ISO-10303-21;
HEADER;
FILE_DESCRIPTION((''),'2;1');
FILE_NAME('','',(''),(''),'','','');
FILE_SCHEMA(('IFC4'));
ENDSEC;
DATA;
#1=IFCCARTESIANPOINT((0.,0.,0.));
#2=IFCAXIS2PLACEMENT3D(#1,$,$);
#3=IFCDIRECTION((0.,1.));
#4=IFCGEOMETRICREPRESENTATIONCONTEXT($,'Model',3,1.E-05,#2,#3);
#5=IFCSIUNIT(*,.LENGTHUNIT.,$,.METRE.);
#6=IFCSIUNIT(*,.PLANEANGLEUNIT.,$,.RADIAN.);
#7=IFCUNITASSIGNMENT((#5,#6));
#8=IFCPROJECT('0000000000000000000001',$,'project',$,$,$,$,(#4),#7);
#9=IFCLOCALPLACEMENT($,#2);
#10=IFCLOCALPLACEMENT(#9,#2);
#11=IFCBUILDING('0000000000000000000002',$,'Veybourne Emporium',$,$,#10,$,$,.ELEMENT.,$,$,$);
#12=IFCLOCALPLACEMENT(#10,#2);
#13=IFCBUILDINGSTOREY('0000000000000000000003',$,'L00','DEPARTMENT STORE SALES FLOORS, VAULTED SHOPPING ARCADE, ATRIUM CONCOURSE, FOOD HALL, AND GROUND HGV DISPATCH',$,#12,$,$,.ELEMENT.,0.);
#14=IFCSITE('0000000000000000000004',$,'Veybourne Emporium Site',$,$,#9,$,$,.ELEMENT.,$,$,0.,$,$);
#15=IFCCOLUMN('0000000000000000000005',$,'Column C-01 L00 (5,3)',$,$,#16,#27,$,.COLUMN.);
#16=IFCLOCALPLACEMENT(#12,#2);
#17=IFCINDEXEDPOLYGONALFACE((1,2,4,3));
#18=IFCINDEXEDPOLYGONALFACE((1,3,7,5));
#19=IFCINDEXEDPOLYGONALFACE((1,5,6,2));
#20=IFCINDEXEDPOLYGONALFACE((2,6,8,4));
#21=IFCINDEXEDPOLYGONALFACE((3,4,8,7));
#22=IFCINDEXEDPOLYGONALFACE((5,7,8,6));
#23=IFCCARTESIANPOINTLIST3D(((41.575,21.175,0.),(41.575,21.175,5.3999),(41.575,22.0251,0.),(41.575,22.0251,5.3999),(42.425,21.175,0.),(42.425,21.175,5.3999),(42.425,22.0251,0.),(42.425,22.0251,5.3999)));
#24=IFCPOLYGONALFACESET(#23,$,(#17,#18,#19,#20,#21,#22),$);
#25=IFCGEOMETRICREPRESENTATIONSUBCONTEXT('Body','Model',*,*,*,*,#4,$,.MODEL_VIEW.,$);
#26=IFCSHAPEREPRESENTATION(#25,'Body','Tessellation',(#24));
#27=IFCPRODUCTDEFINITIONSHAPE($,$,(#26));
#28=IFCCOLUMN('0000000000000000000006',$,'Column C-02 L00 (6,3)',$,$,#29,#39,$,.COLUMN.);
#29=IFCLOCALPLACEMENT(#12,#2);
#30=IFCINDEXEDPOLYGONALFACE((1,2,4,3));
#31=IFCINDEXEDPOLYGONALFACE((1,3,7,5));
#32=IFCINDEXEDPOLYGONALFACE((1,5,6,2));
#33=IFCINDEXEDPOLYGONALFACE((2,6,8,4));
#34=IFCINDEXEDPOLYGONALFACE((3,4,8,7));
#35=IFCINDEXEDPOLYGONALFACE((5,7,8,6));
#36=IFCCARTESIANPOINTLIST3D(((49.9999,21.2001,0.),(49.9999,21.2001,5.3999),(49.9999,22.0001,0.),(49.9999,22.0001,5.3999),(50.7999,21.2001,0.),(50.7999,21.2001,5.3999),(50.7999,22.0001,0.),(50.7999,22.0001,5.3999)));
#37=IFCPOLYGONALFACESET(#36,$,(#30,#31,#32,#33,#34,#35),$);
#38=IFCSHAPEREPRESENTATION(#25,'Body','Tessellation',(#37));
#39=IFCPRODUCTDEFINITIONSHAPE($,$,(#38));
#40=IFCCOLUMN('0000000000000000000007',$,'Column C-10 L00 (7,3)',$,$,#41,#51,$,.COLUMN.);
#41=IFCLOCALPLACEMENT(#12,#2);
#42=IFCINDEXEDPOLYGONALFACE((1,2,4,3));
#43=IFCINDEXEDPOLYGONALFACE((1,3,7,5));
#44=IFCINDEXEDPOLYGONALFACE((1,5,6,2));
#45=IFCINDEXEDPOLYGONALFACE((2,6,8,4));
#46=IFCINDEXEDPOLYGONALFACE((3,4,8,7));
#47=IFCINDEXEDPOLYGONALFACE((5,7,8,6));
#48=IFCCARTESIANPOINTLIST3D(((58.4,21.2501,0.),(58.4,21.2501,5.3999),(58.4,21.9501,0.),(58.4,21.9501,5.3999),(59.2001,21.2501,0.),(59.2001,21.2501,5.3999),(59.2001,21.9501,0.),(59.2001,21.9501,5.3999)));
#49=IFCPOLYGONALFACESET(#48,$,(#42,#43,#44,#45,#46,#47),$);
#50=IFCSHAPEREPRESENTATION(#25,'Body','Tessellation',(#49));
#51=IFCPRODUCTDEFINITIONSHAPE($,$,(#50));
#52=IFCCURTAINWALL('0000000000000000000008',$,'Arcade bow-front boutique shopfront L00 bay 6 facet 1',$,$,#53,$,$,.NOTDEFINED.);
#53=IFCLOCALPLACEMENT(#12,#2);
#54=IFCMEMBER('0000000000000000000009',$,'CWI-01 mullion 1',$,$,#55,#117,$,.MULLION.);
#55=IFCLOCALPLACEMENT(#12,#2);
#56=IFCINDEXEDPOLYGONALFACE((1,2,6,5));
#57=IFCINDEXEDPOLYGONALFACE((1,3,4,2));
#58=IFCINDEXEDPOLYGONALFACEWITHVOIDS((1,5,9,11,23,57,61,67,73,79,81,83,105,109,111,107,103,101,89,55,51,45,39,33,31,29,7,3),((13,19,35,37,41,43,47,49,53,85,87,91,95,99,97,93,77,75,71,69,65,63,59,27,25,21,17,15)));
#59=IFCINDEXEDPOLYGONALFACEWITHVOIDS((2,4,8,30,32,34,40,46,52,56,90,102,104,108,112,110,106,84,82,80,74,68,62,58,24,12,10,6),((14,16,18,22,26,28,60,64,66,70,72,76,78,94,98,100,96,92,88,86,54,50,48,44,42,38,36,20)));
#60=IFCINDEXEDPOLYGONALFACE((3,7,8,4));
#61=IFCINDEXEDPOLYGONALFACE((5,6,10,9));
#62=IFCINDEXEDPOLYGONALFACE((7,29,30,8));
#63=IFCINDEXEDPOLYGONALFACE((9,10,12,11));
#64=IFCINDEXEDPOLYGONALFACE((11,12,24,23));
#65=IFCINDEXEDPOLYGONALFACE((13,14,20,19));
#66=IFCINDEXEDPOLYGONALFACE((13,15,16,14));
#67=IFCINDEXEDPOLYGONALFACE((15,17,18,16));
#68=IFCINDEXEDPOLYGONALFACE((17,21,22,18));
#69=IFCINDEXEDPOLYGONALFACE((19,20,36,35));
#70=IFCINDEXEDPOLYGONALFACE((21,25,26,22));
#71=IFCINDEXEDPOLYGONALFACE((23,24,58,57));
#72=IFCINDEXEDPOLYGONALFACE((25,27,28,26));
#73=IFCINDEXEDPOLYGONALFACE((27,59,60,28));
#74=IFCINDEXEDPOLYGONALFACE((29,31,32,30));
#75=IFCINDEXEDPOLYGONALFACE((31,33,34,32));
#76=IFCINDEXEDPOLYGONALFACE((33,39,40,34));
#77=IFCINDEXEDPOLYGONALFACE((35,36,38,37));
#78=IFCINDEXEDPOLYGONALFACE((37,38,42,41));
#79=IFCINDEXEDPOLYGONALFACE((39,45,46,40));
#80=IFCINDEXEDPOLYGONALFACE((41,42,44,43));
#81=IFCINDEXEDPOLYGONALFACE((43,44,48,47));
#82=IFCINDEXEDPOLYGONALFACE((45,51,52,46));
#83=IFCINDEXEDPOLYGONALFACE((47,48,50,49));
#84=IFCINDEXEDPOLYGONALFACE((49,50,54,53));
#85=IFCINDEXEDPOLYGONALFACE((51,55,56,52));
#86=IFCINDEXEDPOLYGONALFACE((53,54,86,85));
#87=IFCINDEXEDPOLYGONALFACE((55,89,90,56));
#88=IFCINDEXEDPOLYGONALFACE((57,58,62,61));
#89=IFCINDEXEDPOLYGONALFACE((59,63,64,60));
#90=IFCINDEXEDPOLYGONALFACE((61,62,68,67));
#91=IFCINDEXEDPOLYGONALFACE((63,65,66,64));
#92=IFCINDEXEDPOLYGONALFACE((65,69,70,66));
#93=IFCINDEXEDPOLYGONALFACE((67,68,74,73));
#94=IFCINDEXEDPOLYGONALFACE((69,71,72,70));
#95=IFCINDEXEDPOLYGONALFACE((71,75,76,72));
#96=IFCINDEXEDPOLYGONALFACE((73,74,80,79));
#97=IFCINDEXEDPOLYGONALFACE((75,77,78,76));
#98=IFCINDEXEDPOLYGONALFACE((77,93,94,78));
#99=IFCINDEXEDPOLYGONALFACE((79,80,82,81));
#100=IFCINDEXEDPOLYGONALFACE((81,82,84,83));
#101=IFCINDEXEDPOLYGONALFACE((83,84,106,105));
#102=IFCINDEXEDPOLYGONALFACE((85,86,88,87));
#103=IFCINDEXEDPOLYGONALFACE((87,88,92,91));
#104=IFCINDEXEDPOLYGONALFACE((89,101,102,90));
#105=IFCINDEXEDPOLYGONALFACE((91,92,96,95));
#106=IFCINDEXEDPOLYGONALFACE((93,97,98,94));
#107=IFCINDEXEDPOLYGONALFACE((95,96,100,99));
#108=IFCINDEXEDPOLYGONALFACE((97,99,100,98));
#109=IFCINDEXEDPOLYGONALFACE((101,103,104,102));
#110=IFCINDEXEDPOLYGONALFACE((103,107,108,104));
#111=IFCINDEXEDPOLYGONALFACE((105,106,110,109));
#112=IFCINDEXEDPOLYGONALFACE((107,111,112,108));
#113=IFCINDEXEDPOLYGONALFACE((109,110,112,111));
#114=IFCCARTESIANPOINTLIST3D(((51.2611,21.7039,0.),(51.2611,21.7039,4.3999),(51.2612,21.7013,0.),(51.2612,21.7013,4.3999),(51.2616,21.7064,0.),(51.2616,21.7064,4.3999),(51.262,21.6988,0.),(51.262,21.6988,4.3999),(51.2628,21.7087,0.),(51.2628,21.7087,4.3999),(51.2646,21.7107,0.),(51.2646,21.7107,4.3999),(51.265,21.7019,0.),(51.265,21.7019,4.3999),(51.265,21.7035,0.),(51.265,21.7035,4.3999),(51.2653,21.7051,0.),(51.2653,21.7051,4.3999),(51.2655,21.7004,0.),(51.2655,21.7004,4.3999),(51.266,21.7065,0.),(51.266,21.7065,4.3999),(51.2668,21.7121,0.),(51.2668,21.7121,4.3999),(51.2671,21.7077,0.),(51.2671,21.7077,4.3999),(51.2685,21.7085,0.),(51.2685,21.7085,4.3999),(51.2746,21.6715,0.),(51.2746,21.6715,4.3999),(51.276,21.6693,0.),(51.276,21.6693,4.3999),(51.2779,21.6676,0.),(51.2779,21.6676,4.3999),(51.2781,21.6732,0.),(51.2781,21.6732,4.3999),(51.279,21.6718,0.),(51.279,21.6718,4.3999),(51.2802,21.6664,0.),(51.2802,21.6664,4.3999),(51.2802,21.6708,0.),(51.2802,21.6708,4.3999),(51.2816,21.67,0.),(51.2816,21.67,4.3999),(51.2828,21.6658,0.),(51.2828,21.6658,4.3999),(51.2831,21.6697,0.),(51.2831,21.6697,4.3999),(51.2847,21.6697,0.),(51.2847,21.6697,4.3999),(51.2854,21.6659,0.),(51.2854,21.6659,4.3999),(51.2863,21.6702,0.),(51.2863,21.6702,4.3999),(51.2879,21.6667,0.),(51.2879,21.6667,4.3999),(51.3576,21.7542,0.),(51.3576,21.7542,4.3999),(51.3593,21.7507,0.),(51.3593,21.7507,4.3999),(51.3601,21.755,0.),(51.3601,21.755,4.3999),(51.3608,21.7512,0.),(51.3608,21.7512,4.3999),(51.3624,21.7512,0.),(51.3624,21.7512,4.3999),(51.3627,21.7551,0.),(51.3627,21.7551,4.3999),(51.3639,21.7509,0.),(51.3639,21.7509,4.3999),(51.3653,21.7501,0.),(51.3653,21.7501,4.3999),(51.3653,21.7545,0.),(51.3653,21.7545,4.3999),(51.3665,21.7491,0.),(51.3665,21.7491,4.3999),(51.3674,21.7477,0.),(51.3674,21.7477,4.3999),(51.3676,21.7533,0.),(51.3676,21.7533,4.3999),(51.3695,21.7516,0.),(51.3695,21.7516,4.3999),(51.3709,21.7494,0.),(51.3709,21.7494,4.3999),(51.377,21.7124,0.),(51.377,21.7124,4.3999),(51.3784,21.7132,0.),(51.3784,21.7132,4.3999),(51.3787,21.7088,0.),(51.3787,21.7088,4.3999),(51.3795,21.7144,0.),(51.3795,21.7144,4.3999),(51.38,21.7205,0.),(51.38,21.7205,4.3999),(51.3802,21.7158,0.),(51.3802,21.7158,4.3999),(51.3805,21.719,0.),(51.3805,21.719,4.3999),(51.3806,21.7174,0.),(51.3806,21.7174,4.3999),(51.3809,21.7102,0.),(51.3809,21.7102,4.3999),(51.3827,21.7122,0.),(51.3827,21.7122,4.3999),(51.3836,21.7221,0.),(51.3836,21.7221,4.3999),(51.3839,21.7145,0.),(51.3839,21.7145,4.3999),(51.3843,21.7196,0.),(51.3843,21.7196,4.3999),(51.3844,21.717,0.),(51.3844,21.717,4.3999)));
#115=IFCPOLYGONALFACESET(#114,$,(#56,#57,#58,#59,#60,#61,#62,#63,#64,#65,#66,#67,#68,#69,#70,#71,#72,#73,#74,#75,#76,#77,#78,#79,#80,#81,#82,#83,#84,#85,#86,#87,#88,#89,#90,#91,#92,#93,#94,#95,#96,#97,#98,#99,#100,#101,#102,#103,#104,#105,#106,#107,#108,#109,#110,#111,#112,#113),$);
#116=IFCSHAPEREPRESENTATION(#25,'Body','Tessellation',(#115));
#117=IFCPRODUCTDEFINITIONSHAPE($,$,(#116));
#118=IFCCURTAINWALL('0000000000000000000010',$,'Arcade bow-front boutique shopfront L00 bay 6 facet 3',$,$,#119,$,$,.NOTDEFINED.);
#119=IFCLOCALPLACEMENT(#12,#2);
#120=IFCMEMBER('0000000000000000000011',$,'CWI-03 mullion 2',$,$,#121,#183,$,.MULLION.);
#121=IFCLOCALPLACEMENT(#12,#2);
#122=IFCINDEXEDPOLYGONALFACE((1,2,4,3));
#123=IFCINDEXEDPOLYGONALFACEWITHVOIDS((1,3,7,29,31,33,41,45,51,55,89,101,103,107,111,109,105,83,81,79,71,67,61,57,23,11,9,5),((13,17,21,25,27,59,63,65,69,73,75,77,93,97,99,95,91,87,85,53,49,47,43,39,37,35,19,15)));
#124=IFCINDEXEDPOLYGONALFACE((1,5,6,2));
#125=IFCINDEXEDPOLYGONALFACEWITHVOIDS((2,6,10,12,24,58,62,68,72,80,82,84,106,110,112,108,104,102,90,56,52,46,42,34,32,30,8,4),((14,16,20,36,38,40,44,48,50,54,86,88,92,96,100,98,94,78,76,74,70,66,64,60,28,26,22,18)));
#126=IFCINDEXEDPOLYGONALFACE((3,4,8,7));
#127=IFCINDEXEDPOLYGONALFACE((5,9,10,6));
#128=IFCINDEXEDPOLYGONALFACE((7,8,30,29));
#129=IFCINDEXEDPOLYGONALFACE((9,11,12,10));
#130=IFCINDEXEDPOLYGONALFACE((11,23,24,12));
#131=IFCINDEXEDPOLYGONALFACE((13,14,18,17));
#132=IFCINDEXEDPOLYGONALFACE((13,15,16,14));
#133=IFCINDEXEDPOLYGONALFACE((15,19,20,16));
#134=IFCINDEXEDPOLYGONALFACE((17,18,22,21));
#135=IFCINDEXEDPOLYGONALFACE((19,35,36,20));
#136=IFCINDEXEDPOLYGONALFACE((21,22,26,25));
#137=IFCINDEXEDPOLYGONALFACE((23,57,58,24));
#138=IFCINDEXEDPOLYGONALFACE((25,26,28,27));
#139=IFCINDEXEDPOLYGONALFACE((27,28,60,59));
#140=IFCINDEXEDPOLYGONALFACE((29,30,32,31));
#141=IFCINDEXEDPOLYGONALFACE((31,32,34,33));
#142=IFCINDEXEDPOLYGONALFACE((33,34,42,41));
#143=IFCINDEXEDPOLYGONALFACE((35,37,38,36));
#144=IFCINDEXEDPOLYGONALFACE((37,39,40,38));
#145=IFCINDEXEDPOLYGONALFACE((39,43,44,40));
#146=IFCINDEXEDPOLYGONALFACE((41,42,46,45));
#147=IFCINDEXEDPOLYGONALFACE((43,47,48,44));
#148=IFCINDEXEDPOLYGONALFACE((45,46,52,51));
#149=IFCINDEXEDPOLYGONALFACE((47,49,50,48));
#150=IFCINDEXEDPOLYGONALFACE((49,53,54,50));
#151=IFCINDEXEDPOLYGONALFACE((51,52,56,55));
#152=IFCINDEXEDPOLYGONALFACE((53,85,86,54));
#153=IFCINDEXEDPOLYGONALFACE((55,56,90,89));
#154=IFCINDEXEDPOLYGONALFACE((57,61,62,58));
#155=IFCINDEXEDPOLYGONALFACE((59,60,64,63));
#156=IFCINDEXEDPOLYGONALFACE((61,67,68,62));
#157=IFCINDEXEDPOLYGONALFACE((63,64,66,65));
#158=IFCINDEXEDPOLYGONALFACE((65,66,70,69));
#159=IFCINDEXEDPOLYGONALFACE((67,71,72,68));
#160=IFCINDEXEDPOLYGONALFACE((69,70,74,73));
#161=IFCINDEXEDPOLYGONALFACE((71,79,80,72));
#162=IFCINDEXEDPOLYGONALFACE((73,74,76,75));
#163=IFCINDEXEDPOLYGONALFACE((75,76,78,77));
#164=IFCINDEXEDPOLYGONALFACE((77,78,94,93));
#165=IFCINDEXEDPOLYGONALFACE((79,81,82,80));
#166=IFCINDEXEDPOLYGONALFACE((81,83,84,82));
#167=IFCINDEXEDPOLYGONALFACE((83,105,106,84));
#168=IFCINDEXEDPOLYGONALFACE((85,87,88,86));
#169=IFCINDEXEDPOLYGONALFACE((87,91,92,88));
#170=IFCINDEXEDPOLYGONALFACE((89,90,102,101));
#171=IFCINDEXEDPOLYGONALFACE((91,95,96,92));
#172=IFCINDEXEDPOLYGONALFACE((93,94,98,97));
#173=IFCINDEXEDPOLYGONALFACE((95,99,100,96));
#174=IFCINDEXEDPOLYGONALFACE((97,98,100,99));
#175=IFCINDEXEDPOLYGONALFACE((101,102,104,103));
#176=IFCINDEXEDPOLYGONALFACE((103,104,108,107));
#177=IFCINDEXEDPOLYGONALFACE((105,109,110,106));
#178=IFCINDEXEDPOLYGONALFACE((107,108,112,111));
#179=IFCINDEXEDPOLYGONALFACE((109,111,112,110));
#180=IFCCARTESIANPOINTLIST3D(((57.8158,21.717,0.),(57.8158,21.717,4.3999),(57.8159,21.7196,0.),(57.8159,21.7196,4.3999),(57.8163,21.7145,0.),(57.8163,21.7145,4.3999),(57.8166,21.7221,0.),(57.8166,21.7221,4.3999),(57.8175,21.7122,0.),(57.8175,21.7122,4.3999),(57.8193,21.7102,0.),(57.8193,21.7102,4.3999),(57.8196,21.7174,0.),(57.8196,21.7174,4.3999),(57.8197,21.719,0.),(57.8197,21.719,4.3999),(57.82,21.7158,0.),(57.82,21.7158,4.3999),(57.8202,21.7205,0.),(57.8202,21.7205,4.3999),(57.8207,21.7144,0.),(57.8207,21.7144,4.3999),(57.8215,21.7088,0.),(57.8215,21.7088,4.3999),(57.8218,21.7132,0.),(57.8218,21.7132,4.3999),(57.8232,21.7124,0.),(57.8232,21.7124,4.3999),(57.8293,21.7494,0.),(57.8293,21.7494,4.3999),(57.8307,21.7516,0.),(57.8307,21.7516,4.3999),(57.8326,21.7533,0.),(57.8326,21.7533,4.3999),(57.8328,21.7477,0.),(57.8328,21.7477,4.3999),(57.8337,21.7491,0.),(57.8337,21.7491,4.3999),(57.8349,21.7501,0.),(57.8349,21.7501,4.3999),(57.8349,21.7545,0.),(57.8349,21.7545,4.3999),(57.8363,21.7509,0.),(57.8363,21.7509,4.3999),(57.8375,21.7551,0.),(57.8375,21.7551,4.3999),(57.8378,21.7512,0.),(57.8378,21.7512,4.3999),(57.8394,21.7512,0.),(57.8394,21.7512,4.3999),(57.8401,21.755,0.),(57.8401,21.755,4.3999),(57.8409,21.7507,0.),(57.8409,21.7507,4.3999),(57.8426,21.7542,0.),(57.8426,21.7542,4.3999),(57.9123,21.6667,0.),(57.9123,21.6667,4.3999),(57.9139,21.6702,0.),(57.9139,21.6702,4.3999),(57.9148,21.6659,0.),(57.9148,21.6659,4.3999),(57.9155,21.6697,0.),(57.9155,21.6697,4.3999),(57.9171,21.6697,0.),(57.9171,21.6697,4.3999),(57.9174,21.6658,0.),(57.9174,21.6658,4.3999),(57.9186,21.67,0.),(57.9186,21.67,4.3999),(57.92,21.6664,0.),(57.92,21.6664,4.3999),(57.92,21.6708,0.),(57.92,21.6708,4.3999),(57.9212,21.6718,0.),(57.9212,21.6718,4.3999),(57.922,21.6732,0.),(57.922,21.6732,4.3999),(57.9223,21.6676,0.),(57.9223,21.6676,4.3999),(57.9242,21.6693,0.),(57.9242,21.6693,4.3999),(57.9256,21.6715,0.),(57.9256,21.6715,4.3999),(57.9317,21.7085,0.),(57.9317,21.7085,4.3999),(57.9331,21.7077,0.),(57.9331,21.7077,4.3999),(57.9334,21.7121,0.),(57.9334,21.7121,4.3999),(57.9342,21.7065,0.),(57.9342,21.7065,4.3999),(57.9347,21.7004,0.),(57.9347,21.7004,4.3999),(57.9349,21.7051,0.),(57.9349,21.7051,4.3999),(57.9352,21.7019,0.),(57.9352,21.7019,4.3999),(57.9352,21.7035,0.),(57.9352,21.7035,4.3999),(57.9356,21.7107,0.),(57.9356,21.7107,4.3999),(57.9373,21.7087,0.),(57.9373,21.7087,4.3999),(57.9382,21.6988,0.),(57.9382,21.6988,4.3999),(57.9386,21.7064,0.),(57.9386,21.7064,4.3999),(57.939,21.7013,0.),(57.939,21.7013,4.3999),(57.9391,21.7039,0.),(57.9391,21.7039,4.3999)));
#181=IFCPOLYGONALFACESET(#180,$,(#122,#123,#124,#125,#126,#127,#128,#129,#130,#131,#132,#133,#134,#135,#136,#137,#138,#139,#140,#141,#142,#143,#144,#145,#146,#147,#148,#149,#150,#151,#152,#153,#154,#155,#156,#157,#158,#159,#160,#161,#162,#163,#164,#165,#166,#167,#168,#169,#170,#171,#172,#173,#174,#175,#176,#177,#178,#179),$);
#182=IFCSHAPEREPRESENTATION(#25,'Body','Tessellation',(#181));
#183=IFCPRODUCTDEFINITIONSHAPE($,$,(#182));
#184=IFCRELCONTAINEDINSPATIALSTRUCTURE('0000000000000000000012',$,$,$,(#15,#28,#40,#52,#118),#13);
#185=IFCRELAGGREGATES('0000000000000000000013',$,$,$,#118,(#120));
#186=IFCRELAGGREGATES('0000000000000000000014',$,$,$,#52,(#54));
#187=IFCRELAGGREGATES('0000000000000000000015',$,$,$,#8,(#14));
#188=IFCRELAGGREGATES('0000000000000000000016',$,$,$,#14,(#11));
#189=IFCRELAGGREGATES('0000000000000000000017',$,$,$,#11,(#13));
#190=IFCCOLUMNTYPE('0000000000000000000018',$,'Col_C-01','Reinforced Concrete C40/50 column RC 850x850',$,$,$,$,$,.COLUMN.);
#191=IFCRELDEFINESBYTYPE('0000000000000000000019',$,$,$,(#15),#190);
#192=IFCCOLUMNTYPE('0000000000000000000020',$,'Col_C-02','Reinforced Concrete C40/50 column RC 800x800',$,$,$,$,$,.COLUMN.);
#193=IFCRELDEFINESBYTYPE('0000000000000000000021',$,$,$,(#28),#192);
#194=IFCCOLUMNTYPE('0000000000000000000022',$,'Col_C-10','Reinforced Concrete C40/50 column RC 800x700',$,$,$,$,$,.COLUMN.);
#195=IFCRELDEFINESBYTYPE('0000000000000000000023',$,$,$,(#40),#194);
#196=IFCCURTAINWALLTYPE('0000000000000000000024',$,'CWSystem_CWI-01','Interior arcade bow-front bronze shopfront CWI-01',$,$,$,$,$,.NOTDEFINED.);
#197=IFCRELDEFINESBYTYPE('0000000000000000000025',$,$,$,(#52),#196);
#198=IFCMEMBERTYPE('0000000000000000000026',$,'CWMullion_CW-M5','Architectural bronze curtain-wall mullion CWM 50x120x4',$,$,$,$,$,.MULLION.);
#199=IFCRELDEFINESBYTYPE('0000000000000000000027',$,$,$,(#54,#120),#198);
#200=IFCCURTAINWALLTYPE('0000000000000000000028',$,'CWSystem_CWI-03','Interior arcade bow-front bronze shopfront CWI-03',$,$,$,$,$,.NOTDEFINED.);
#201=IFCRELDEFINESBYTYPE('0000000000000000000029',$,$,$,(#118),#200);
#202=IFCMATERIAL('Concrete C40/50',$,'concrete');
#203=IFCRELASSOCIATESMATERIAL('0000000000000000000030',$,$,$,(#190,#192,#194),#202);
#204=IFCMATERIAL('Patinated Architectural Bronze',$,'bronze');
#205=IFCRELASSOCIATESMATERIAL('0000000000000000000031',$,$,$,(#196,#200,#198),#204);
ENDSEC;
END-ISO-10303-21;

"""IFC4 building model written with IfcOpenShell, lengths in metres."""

from ifc_helpers import new_model, si_unit, direction, frame, origin, origin_2d, place, context, subcontext, project, spatial, rectangle, hollow_rectangle, extrude, material, material_profile, profile_set, type_object, element, aggregate, save


model = new_model("IFC4")

# Units and contexts
model_context = context("Model", 3, precision=1e-05, world=origin(), true_north=direction((0.0, 1.0)))
body_context = subcontext(model_context, "Body", "Model", "MODEL_VIEW")
ifc_project = project(units=[si_unit("LENGTHUNIT", "METRE"), si_unit("PLANEANGLEUNIT", "RADIAN")], contexts=[model_context])

# Site, building, storey
site_placement = place(None, origin())
site = spatial("IfcSite", under=ifc_project, at=site_placement, Name="Veybourne Emporium Site", CompositionType="ELEMENT", RefElevation=0.0)
building_placement = place(site_placement, origin())
building = spatial("IfcBuilding", under=site, at=building_placement, Name="Veybourne Emporium", CompositionType="ELEMENT")
storey_placement = place(building_placement, origin())
storey = spatial("IfcBuildingStorey", under=building, at=storey_placement, Name="L00", Description="DEPARTMENT STORE SALES FLOORS, VAULTED SHOPPING ARCADE, ATRIUM CONCOURSE, FOOD HALL, AND GROUND HGV DISPATCH", CompositionType="ELEMENT", Elevation=0.0)

# Columns
ifc_material_1 = material(Name="Concrete C40/50", Category="concrete")
ifc_material_profile_1 = material_profile(ifc_material_1, rectangle(XDim=0.8501, YDim=0.8501, at=origin_2d()), Name="RC 850x850")
ifc_profile_set_1 = profile_set([ifc_material_profile_1], Name="Concrete C40/50")
column_type_1 = type_object("IfcColumnType", Name="Col_C-01", Description="Reinforced Concrete C40/50 column RC 850x850", PredefinedType="COLUMN", material=ifc_profile_set_1)
column_1_placement = place(storey_placement, frame((42.0, 21.6001, 0.0), z_axis=(0.0, 0.0, 1.0), x_axis=(1.0, 0.0, 0.0)))
element("IfcColumn", 1, at=column_1_placement, inside=storey, type_object=column_type_1, Name="Column C-01 L00 (5,3)", PredefinedType="COLUMN", context=body_context, shape_type="SweptSolid", body=[
    extrude(rectangle(XDim=0.8501, YDim=0.8501, at=origin_2d()), origin(), (0.0, 0.0, 1.0), 5.3999),
])
ifc_material_profile_2 = material_profile(ifc_material_1, rectangle(XDim=0.8, YDim=0.8, at=origin_2d()), Name="RC 800x800")
ifc_profile_set_2 = profile_set([ifc_material_profile_2], Name="Concrete C40/50")
column_type_2 = type_object("IfcColumnType", Name="Col_C-02", Description="Reinforced Concrete C40/50 column RC 800x800", PredefinedType="COLUMN", material=ifc_profile_set_2)
column_2_placement = place(storey_placement, frame((50.3999, 21.6001, 0.0), z_axis=(0.0, 0.0, 1.0), x_axis=(1.0, 0.0, 0.0)))
element("IfcColumn", 2, at=column_2_placement, inside=storey, type_object=column_type_2, Name="Column C-02 L00 (6,3)", PredefinedType="COLUMN", context=body_context, shape_type="SweptSolid", body=[
    extrude(rectangle(XDim=0.8, YDim=0.8, at=origin_2d()), origin(), (0.0, 0.0, 1.0), 5.3999),
])
ifc_material_profile_3 = material_profile(ifc_material_1, rectangle(XDim=0.8, YDim=0.7, at=origin_2d()), Name="RC 800x700")
ifc_profile_set_3 = profile_set([ifc_material_profile_3], Name="Concrete C40/50")
column_type_3 = type_object("IfcColumnType", Name="Col_C-10", Description="Reinforced Concrete C40/50 column RC 800x700", PredefinedType="COLUMN", material=ifc_profile_set_3)
column_3_placement = place(storey_placement, frame((58.8, 21.6001, 0.0), z_axis=(0.0, 0.0, 1.0), x_axis=(1.0, 0.0, 0.0)))
element("IfcColumn", 3, at=column_3_placement, inside=storey, type_object=column_type_3, Name="Column C-10 L00 (7,3)", PredefinedType="COLUMN", context=body_context, shape_type="SweptSolid", body=[
    extrude(rectangle(XDim=0.8, YDim=0.7, at=origin_2d()), origin(), (0.0, 0.0, 1.0), 5.3999),
])

# Curtain walls, members
ifc_material_2 = material(Name="Patinated Architectural Bronze", Category="bronze")
curtain_wall_type_1 = type_object("IfcCurtainWallType", Name="CWSystem_CWI-01", Description="Interior arcade bow-front bronze shopfront CWI-01", PredefinedType="NOTDEFINED", material=ifc_material_2)
curtain_wall_1_placement = place(storey_placement, origin())
curtain_wall_1 = element("IfcCurtainWall", 4, at=curtain_wall_1_placement, inside=storey, type_object=curtain_wall_type_1, Name="Arcade bow-front boutique shopfront L00 bay 6 facet 1", PredefinedType="NOTDEFINED")
ifc_material_profile_4 = material_profile(ifc_material_2, hollow_rectangle(XDim=0.05, YDim=0.1201, WallThickness=0.0039, InnerFilletRadius=0.0061, OuterFilletRadius=0.01, at=origin_2d()), Name="CWM 50x120x4")
ifc_profile_set_4 = profile_set([ifc_material_profile_4], Name="Patinated Architectural Bronze")
member_type_1 = type_object("IfcMemberType", Name="CWMullion_CW-M5", Description="Architectural bronze curtain-wall mullion CWM 50x120x4", PredefinedType="MULLION", material=ifc_profile_set_4)
member_1_placement = place(storey_placement, frame((51.3228, 21.7104, 0.0), z_axis=(0.0, 0.0, 1.0), x_axis=(-0.421111, 0.907009, 0.0)))
member_1 = element("IfcMember", 5, at=member_1_placement, type_object=member_type_1, Name="CWI-01 mullion 1", PredefinedType="MULLION", context=body_context, shape_type="SweptSolid", body=[
    extrude(hollow_rectangle(XDim=0.05, YDim=0.1201, WallThickness=0.0039, InnerFilletRadius=0.0061, OuterFilletRadius=0.01, at=origin_2d()), origin(), (0.0, 0.0, 1.0), 4.3999),
])
curtain_wall_type_2 = type_object("IfcCurtainWallType", Name="CWSystem_CWI-03", Description="Interior arcade bow-front bronze shopfront CWI-03", PredefinedType="NOTDEFINED", material=ifc_material_2)
curtain_wall_2_placement = place(storey_placement, origin())
curtain_wall_2 = element("IfcCurtainWall", 6, at=curtain_wall_2_placement, inside=storey, type_object=curtain_wall_type_2, Name="Arcade bow-front boutique shopfront L00 bay 6 facet 3", PredefinedType="NOTDEFINED")
member_2_placement = place(storey_placement, frame((57.8774, 21.7104, 0.0), z_axis=(0.0, 0.0, 1.0), x_axis=(0.421111, 0.907009, 0.0)))
member_2 = element("IfcMember", 7, at=member_2_placement, type_object=member_type_1, Name="CWI-03 mullion 2", PredefinedType="MULLION", context=body_context, shape_type="SweptSolid", body=[
    extrude(hollow_rectangle(XDim=0.05, YDim=0.1201, WallThickness=0.0039, InnerFilletRadius=0.0061, OuterFilletRadius=0.01, at=origin_2d()), origin(), (0.0, 0.0, 1.0), 4.3999),
])
aggregate(curtain_wall_2, [member_2])

aggregate(curtain_wall_1, [member_1])

save(model, "model.ifc")
